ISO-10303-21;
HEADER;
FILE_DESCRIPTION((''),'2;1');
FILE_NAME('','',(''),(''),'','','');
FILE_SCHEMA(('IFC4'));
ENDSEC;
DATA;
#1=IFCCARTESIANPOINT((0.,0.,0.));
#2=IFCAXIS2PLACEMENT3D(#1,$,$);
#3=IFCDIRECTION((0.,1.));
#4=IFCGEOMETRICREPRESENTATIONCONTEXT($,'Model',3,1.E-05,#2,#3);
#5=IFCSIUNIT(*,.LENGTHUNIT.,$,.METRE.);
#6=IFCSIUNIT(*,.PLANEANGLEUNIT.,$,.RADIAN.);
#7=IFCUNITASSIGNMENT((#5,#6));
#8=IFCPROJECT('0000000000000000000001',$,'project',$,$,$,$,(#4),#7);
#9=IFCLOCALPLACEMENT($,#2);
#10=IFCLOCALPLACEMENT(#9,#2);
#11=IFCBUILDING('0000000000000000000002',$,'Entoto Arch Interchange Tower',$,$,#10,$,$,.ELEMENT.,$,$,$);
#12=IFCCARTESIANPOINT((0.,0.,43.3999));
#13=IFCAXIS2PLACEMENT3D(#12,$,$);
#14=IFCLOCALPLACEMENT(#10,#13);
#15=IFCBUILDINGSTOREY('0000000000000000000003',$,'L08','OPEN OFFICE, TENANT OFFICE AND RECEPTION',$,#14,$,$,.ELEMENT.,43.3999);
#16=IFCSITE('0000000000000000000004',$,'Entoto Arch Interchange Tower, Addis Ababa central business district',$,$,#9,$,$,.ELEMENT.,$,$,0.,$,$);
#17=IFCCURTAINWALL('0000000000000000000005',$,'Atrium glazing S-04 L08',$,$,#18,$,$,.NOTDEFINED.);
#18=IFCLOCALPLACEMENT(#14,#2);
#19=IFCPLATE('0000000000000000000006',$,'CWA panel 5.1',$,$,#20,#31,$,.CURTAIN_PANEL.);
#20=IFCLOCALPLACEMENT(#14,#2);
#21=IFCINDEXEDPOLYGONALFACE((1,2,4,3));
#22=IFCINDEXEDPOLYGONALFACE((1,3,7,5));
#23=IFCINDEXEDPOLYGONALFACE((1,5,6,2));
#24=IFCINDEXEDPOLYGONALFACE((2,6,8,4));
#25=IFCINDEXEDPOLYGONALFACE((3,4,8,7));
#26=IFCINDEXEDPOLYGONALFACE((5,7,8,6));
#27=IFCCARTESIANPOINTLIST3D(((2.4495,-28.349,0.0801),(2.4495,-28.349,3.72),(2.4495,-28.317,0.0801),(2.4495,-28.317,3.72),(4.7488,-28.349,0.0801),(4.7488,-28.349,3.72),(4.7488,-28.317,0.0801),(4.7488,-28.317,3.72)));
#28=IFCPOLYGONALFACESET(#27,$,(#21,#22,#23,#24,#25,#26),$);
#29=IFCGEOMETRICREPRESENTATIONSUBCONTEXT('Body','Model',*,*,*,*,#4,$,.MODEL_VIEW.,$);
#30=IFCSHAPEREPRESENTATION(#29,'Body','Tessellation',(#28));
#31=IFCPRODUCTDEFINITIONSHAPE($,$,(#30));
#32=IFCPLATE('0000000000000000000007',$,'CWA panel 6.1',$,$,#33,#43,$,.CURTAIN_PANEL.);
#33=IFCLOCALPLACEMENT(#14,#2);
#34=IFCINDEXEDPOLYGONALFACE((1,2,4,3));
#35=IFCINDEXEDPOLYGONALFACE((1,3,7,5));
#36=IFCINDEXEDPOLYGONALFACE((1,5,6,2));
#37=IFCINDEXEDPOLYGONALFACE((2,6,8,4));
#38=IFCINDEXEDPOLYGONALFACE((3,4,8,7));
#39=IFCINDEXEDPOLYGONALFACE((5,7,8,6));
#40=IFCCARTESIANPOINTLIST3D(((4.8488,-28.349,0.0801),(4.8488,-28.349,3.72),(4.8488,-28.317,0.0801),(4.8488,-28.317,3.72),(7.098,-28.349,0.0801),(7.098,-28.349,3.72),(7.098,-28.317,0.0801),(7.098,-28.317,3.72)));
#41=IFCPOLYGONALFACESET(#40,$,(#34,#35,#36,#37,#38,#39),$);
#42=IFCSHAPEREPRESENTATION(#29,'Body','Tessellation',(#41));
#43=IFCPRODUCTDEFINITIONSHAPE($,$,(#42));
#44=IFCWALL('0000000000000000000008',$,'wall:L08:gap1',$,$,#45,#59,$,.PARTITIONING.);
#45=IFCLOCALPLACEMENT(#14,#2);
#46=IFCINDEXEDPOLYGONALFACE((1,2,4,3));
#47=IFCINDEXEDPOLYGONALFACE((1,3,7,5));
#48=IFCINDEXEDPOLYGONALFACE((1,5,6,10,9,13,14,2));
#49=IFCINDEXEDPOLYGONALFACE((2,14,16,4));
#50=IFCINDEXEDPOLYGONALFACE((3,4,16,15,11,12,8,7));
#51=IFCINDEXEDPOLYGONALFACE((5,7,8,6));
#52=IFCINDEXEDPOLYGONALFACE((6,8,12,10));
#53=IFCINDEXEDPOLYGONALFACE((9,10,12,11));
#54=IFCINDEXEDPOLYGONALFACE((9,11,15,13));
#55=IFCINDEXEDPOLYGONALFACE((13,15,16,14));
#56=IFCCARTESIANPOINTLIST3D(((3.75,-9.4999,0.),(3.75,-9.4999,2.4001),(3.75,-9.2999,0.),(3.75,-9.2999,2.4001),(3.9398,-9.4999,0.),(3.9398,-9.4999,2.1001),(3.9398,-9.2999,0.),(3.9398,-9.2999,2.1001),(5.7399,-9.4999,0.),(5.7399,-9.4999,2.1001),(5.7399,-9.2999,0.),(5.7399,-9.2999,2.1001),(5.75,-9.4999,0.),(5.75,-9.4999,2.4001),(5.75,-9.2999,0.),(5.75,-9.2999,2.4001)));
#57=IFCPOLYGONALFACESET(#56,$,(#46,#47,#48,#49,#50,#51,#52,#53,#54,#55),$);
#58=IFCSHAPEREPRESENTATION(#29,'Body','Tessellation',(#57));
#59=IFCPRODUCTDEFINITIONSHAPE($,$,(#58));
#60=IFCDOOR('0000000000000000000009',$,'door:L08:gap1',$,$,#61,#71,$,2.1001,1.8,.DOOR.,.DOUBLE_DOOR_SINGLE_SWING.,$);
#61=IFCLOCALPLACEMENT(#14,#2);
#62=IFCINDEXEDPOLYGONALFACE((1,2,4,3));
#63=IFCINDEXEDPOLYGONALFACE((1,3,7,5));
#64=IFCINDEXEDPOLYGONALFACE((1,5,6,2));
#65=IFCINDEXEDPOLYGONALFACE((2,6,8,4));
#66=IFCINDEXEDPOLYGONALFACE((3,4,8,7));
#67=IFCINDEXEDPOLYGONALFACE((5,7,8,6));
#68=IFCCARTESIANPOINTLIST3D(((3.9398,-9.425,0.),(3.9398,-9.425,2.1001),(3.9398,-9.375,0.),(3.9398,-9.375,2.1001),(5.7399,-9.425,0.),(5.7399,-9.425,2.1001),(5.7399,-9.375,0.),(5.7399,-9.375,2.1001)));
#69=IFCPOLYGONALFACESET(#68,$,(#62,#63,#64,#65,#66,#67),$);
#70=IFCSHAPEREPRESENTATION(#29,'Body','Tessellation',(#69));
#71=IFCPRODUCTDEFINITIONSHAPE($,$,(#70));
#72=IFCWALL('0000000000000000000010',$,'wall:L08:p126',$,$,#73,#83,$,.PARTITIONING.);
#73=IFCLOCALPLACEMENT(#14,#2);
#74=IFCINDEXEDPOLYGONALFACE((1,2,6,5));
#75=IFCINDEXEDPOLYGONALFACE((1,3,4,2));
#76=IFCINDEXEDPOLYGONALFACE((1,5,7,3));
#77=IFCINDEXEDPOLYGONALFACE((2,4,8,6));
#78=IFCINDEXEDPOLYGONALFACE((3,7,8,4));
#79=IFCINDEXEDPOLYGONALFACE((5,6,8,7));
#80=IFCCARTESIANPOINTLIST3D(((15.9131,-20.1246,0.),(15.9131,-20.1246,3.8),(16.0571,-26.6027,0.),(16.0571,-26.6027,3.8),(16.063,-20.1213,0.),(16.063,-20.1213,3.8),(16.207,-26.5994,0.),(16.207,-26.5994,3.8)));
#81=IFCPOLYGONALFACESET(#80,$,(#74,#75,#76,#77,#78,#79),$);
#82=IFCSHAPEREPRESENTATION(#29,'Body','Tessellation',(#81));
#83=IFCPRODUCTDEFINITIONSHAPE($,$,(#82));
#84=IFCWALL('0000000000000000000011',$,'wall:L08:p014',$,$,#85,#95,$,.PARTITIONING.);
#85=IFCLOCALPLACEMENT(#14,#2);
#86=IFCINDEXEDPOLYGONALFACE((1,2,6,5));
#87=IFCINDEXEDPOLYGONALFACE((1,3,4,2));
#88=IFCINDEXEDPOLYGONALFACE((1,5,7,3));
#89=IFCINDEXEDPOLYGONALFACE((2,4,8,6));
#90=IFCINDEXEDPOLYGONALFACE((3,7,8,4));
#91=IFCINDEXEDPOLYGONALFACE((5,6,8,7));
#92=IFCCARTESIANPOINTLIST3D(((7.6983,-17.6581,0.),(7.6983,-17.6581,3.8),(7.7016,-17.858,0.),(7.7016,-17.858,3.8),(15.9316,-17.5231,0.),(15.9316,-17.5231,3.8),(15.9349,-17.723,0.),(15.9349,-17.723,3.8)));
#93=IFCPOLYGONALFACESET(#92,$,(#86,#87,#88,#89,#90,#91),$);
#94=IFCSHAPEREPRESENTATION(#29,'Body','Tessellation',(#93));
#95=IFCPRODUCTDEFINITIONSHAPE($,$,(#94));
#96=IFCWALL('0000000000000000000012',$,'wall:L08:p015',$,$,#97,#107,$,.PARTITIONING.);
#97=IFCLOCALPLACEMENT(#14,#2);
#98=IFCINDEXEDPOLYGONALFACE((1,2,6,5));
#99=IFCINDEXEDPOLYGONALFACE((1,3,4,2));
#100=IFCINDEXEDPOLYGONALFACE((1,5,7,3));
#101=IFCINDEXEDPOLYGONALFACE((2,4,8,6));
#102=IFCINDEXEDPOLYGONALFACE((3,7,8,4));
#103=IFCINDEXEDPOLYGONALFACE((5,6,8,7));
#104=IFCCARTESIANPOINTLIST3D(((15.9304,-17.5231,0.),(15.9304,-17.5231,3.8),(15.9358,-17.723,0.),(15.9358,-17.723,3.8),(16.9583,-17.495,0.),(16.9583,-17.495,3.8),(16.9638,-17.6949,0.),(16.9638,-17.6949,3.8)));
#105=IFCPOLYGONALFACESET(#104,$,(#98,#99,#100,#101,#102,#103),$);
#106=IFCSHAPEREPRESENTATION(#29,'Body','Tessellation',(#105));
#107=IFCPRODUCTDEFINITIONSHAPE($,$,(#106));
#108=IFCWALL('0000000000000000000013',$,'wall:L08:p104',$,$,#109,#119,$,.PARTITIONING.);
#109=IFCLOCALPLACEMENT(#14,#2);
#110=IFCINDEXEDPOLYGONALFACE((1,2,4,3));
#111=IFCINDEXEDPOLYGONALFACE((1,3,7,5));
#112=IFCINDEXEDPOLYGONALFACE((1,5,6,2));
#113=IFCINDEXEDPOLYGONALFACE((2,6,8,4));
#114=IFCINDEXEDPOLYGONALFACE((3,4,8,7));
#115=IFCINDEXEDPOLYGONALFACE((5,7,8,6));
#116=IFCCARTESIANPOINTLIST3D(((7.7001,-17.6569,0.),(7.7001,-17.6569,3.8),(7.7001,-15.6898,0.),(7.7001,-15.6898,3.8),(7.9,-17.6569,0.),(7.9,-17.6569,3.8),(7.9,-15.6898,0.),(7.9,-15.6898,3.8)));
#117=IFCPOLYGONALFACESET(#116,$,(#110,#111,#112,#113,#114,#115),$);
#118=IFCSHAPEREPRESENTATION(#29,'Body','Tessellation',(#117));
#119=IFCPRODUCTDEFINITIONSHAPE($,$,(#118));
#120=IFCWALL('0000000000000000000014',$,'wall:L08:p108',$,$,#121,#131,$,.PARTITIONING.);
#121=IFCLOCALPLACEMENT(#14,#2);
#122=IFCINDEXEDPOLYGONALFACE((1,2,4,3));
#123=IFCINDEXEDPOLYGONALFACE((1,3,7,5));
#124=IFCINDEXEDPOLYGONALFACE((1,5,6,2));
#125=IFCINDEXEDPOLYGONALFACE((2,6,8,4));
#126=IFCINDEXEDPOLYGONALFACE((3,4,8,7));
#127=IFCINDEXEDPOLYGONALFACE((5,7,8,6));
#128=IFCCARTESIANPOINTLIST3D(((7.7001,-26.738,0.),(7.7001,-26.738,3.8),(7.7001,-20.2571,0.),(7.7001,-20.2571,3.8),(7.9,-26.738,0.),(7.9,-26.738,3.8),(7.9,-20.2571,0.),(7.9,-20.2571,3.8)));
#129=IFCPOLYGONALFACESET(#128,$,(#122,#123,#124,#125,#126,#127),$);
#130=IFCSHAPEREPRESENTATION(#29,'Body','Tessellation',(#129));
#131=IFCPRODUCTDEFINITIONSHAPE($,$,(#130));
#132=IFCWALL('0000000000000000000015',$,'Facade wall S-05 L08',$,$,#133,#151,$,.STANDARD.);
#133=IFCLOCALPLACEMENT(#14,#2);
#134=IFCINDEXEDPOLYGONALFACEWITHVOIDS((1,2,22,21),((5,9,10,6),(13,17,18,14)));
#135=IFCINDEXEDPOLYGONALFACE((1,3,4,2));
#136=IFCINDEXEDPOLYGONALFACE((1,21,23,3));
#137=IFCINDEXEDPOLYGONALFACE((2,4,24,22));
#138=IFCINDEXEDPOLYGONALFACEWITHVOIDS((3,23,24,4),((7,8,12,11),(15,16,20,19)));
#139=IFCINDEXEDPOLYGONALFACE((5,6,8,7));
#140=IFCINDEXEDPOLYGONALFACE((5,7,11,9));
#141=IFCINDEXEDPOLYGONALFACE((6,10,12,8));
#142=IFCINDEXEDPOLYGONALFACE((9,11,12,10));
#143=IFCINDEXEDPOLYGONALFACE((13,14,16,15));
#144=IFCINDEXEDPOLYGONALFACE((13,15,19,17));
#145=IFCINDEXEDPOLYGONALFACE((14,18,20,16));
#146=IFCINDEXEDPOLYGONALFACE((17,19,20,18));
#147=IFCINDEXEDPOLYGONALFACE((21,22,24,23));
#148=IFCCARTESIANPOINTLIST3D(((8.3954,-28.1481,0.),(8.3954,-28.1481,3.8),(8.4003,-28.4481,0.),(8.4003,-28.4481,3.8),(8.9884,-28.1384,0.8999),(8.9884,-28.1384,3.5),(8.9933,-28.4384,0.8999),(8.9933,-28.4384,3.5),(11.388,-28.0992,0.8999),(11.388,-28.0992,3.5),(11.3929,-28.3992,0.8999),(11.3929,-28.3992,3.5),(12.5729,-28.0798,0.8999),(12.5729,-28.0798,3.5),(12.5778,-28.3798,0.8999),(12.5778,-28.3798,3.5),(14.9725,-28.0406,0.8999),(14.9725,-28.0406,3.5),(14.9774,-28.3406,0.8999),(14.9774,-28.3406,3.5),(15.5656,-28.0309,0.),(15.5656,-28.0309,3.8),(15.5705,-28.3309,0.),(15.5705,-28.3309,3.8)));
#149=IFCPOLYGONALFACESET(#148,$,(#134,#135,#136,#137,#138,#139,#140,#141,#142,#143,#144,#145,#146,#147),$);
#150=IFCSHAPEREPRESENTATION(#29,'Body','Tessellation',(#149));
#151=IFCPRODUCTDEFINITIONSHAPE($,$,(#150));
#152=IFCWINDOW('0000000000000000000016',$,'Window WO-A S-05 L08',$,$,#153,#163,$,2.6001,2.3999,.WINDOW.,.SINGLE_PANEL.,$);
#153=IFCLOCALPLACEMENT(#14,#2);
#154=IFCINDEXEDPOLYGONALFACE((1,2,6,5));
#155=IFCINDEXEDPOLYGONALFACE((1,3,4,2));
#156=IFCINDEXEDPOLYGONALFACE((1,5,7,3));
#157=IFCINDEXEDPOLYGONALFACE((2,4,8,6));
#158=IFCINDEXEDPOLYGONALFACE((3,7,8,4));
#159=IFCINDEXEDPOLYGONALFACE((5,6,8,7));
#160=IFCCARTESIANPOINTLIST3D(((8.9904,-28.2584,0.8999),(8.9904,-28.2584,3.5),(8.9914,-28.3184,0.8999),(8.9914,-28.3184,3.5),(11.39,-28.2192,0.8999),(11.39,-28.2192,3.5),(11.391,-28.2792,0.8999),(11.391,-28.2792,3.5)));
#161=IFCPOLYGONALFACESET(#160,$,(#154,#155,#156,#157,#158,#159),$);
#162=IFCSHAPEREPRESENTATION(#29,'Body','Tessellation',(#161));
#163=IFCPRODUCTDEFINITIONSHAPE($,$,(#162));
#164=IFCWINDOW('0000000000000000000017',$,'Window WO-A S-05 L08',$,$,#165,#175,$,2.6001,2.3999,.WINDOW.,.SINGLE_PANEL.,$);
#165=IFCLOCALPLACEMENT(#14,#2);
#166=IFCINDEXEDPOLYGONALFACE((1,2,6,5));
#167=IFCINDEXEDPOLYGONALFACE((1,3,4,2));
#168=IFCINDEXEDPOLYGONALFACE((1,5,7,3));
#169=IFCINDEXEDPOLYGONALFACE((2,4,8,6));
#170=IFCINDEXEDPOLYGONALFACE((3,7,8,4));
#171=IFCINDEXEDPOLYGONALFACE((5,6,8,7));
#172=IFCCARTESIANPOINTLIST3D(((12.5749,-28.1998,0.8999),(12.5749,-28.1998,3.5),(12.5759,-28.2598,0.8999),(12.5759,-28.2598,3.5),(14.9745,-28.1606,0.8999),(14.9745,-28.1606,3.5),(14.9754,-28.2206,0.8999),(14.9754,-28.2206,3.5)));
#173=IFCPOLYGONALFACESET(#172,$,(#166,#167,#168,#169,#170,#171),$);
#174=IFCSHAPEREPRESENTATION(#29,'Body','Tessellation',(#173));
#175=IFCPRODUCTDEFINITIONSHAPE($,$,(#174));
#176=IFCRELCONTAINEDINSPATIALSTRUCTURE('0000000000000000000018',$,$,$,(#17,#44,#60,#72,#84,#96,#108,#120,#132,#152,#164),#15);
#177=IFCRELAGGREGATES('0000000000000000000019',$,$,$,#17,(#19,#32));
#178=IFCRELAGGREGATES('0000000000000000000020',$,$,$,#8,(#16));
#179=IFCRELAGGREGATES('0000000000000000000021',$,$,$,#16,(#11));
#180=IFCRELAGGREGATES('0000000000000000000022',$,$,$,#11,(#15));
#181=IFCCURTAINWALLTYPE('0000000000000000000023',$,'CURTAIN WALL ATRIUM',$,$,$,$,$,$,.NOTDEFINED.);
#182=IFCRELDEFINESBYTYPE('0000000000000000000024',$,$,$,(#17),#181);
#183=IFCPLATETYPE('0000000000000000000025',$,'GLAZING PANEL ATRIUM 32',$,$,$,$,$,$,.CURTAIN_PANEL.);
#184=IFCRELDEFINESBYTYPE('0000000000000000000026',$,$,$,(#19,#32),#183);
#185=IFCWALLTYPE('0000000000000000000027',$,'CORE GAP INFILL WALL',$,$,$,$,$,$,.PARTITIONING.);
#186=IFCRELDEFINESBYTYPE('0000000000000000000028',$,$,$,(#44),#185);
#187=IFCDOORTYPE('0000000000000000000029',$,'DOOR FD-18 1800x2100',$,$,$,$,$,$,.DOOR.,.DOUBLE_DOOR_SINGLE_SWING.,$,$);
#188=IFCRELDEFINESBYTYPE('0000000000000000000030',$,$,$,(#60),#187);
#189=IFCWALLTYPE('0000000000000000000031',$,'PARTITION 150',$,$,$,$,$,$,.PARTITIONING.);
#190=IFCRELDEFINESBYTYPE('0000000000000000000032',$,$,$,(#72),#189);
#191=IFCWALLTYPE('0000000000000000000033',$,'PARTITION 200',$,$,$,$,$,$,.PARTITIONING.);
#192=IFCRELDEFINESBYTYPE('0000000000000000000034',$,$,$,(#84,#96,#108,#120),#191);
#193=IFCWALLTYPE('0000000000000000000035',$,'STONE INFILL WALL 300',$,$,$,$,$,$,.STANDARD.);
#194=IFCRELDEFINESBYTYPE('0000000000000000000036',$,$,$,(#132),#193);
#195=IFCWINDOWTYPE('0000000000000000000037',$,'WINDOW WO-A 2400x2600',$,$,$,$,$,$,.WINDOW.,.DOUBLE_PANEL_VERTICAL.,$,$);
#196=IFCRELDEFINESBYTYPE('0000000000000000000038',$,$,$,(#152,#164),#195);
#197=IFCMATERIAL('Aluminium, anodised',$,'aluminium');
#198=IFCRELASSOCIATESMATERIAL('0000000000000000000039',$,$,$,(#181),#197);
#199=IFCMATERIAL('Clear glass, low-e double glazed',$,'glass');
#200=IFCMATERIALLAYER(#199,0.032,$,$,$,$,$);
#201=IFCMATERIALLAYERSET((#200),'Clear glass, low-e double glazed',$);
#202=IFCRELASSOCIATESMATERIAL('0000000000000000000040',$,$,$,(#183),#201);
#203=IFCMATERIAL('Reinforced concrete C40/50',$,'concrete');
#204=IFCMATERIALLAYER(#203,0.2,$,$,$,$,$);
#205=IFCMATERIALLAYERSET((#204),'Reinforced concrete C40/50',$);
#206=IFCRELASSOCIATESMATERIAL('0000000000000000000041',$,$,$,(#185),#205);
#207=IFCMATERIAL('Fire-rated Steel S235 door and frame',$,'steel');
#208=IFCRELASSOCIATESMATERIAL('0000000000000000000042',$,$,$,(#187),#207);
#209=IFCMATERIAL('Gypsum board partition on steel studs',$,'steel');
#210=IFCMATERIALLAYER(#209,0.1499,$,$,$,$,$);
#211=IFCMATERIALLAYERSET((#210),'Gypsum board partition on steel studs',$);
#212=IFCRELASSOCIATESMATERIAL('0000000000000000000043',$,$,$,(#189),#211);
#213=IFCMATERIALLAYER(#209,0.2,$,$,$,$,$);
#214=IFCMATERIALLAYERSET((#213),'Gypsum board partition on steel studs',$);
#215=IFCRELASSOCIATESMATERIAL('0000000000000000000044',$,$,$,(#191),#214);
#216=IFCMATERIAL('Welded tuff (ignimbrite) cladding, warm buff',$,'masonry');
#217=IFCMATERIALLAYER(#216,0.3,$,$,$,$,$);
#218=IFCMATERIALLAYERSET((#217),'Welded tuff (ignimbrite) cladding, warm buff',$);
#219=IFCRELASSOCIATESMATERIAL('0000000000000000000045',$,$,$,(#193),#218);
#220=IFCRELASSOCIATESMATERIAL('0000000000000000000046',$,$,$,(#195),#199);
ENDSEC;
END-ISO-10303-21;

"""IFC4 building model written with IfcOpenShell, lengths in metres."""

from ifc_helpers import new_model, si_unit, direction, frame, frame_2d, origin, origin_2d, place, context, subcontext, project, spatial, rectangle, extrude, material, layer, layer_set, type_object, element, fill, aggregate, save


model = new_model("IFC4")

# Units and contexts
model_context = context("Model", 3, precision=1e-05, world=origin(), true_north=direction((0.0, 1.0)))
body_context = subcontext(model_context, "Body", "Model", "MODEL_VIEW")
ifc_project = project(units=[si_unit("LENGTHUNIT", "METRE"), si_unit("PLANEANGLEUNIT", "RADIAN")], contexts=[model_context])

# Site, building, storey
site_placement = place(None, origin())
site = spatial("IfcSite", under=ifc_project, at=site_placement, Name="Entoto Arch Interchange Tower, Addis Ababa central business district", CompositionType="ELEMENT", RefElevation=0.0)
building_placement = place(site_placement, origin())
building = spatial("IfcBuilding", under=site, at=building_placement, Name="Entoto Arch Interchange Tower", CompositionType="ELEMENT")
storey_placement = place(building_placement, frame((0.0, 0.0, 43.3999)))
storey = spatial("IfcBuildingStorey", under=building, at=storey_placement, Name="L08", Description="OPEN OFFICE, TENANT OFFICE AND RECEPTION", CompositionType="ELEMENT", Elevation=43.3999)

# Curtain wall, plates
ifc_material_1 = material(Name="Aluminium, anodised", Category="aluminium")
curtain_wall_type = type_object("IfcCurtainWallType", Name="CURTAIN WALL ATRIUM", PredefinedType="NOTDEFINED", material=ifc_material_1)
curtain_wall_placement = place(storey_placement, origin())
curtain_wall = element("IfcCurtainWall", 1, at=curtain_wall_placement, inside=storey, type_object=curtain_wall_type, Name="Atrium glazing S-04 L08", PredefinedType="NOTDEFINED")
ifc_material_2 = material(Name="Clear glass, low-e double glazed", Category="glass")
ifc_layer_1 = layer(ifc_material_2, 0.032)
ifc_layer_set_1 = layer_set([ifc_layer_1], Name="Clear glass, low-e double glazed")
plate_type = type_object("IfcPlateType", Name="GLAZING PANEL ATRIUM 32", PredefinedType="CURTAIN_PANEL", material=ifc_layer_set_1)
plate_1_placement = place(storey_placement, frame((3.5991, -28.333, 0.0801), z_axis=(0.0, 0.0, 1.0), x_axis=(1.0, 0.0, 0.0)))
plate_1 = element("IfcPlate", 2, at=plate_1_placement, type_object=plate_type, Name="CWA panel 5.1", PredefinedType="CURTAIN_PANEL", context=body_context, shape_type="SweptSolid", body=[
    extrude(rectangle(XDim=2.2993, YDim=0.032, at=origin_2d()), origin(), (0.0, 0.0, 1.0), 3.6399),
])
plate_2_placement = place(storey_placement, frame((5.9734, -28.333, 0.0801), z_axis=(0.0, 0.0, 1.0), x_axis=(1.0, 0.0, 0.0)))
plate_2 = element("IfcPlate", 3, at=plate_2_placement, type_object=plate_type, Name="CWA panel 6.1", PredefinedType="CURTAIN_PANEL", context=body_context, shape_type="SweptSolid", body=[
    extrude(rectangle(XDim=2.2493, YDim=0.032, at=origin_2d()), origin(), (0.0, 0.0, 1.0), 3.6399),
])
aggregate(curtain_wall, [plate_1, plate_2])

# Wall, opening, door
ifc_material_3 = material(Name="Reinforced concrete C40/50", Category="concrete")
ifc_layer_2 = layer(ifc_material_3, 0.2)
ifc_layer_set_2 = layer_set([ifc_layer_2], Name="Reinforced concrete C40/50")
wall_type_1 = type_object("IfcWallType", Name="CORE GAP INFILL WALL", PredefinedType="PARTITIONING", material=ifc_layer_set_2)
wall_1_placement = place(storey_placement, frame((3.75, -9.3999, 0.0), z_axis=(0.0, 0.0, 1.0), x_axis=(1.0, 0.0, 0.0)))
wall_1 = element("IfcWall", 4, at=wall_1_placement, inside=storey, type_object=wall_type_1, Name="wall:L08:gap1", PredefinedType="PARTITIONING", context=body_context, shape_type="SweptSolid", body=[
    extrude(rectangle(XDim=2.0, YDim=0.2, at=frame_2d((1.0, 0.0))), origin(), (0.0, 0.0, 1.0), 2.4001),
])
opening_1_placement = place(wall_1_placement, frame((0.1899, 0.0, 0.0)))
opening_1 = element("IfcOpeningElement", 5, at=opening_1_placement, cuts=wall_1, PredefinedType="OPENING", context=body_context, shape_type="SweptSolid", body=[
    extrude(rectangle(XDim=1.8, YDim=2.1001, at=frame_2d((0.8999, 1.05))), frame((0.0, 0.1099, 0.0), z_axis=(0.0, -1.0, 0.0), x_axis=(1.0, 0.0, 0.0)), (0.0, 0.0, 1.0), 0.22),
])
ifc_material_4 = material(Name="Fire-rated Steel S235 door and frame", Category="steel")
door_type = type_object("IfcDoorType", Name="DOOR FD-18 1800x2100", OperationType="DOUBLE_DOOR_SINGLE_SWING", PredefinedType="DOOR", material=ifc_material_4)
door_placement = place(opening_1_placement, origin())
door = element("IfcDoor", 6, at=door_placement, inside=storey, type_object=door_type, Name="door:L08:gap1", OperationType="DOUBLE_DOOR_SINGLE_SWING", OverallHeight=2.1001, OverallWidth=1.8, PredefinedType="DOOR", context=body_context, shape_type="SweptSolid", body=[
    extrude(rectangle(XDim=1.8, YDim=2.1001, at=frame_2d((0.8999, 1.05))), frame((0.0, 0.0249, 0.0), z_axis=(0.0, -1.0, 0.0), x_axis=(1.0, 0.0, 0.0)), (0.0, 0.0, 1.0), 0.05),
])
fill(opening_1, door)

# Walls
ifc_material_5 = material(Name="Gypsum board partition on steel studs", Category="steel")
ifc_layer_3 = layer(ifc_material_5, 0.1499)
ifc_layer_set_3 = layer_set([ifc_layer_3], Name="Gypsum board partition on steel studs")
wall_type_2 = type_object("IfcWallType", Name="PARTITION 150", PredefinedType="PARTITIONING", material=ifc_layer_set_3)
wall_2_placement = place(storey_placement, frame((15.988, -20.123, 0.0), z_axis=(0.0, 0.0, 1.0), x_axis=(0.02223, -0.999753, 0.0)))
element("IfcWall", 7, at=wall_2_placement, inside=storey, type_object=wall_type_2, Name="wall:L08:p126", PredefinedType="PARTITIONING", context=body_context, shape_type="SweptSolid", body=[
    extrude(rectangle(XDim=6.4797, YDim=0.1499, at=frame_2d((3.2397, 0.0))), origin(), (0.0, 0.0, 1.0), 3.8),
])
ifc_layer_4 = layer(ifc_material_5, 0.2)
ifc_layer_set_4 = layer_set([ifc_layer_4], Name="Gypsum board partition on steel studs")
wall_type_3 = type_object("IfcWallType", Name="PARTITION 200", PredefinedType="PARTITIONING", material=ifc_layer_set_4)
wall_3_placement = place(storey_placement, frame((7.7, -17.7581, 0.0), z_axis=(0.0, 0.0, 1.0), x_axis=(0.999866, 0.016396, 0.0)))
element("IfcWall", 8, at=wall_3_placement, inside=storey, type_object=wall_type_3, Name="wall:L08:p014", PredefinedType="PARTITIONING", context=body_context, shape_type="SweptSolid", body=[
    extrude(rectangle(XDim=8.2344, YDim=0.2, at=frame_2d((4.1172, 0.0))), origin(), (0.0, 0.0, 1.0), 3.8),
])
wall_4_placement = place(storey_placement, frame((15.9331, -17.623, 0.0), z_axis=(0.0, 0.0, 1.0), x_axis=(0.999627, 0.027306, 0.0)))
element("IfcWall", 9, at=wall_4_placement, inside=storey, type_object=wall_type_3, Name="wall:L08:p015", PredefinedType="PARTITIONING", context=body_context, shape_type="SweptSolid", body=[
    extrude(rectangle(XDim=1.0283, YDim=0.2, at=frame_2d((0.5142, 0.0))), origin(), (0.0, 0.0, 1.0), 3.8),
])
wall_5_placement = place(storey_placement, frame((7.8, -15.6899, 0.0), z_axis=(0.0, 0.0, 1.0), x_axis=(0.0, -1.0, 0.0)))
element("IfcWall", 10, at=wall_5_placement, inside=storey, type_object=wall_type_3, Name="wall:L08:p104", PredefinedType="PARTITIONING", context=body_context, shape_type="SweptSolid", body=[
    extrude(rectangle(XDim=1.967, YDim=0.2, at=frame_2d((0.9834, 0.0))), origin(), (0.0, 0.0, 1.0), 3.8),
])
wall_6_placement = place(storey_placement, frame((7.8, -20.2571, 0.0), z_axis=(0.0, 0.0, 1.0), x_axis=(0.0, -1.0, 0.0)))
element("IfcWall", 11, at=wall_6_placement, inside=storey, type_object=wall_type_3, Name="wall:L08:p108", PredefinedType="PARTITIONING", context=body_context, shape_type="SweptSolid", body=[
    extrude(rectangle(XDim=6.481, YDim=0.2, at=frame_2d((3.2405, 0.0))), origin(), (0.0, 0.0, 1.0), 3.8),
])

# Wall, openings, windows
ifc_material_6 = material(Name="Welded tuff (ignimbrite) cladding, warm buff", Category="masonry")
ifc_layer_5 = layer(ifc_material_6, 0.3)
ifc_layer_set_5 = layer_set([ifc_layer_5], Name="Welded tuff (ignimbrite) cladding, warm buff")
wall_type_4 = type_object("IfcWallType", Name="STONE INFILL WALL 300", PredefinedType="STANDARD", material=ifc_layer_set_5)
wall_7_placement = place(storey_placement, frame((8.3979, -28.2981, 0.0), z_axis=(0.0, 0.0, 1.0), x_axis=(0.999866, 0.016342, 0.0)))
wall_7 = element("IfcWall", 12, at=wall_7_placement, inside=storey, type_object=wall_type_4, Name="Facade wall S-05 L08", PredefinedType="STANDARD", context=body_context, shape_type="SweptSolid", body=[
    extrude(rectangle(XDim=7.1711, YDim=0.3, at=frame_2d((3.5854, 0.0))), origin(), (0.0, 0.0, 1.0), 3.8),
])
opening_2_placement = place(wall_7_placement, frame((0.593, 0.0, 0.8999)))
opening_2 = element("IfcOpeningElement", 13, at=opening_2_placement, cuts=wall_7, PredefinedType="OPENING", context=body_context, shape_type="SweptSolid", body=[
    extrude(rectangle(XDim=2.3999, YDim=2.6001, at=frame_2d((1.2, 1.3))), frame((0.0, 0.1602, 0.0), z_axis=(0.0, -1.0, 0.0), x_axis=(1.0, 0.0, 0.0)), (0.0, 0.0, 1.0), 0.3201),
])
opening_3_placement = place(wall_7_placement, frame((4.178, 0.0, 0.8999)))
opening_3 = element("IfcOpeningElement", 14, at=opening_3_placement, cuts=wall_7, PredefinedType="OPENING", context=body_context, shape_type="SweptSolid", body=[
    extrude(rectangle(XDim=2.3999, YDim=2.6001, at=frame_2d((1.2, 1.3))), frame((0.0, 0.1602, 0.0), z_axis=(0.0, -1.0, 0.0), x_axis=(1.0, 0.0, 0.0)), (0.0, 0.0, 1.0), 0.3201),
])
window_type = type_object("IfcWindowType", Name="WINDOW WO-A 2400x2600", PartitioningType="DOUBLE_PANEL_VERTICAL", PredefinedType="WINDOW", material=ifc_material_2)
window_1_placement = place(opening_2_placement, origin())
window_1 = element("IfcWindow", 15, at=window_1_placement, inside=storey, type_object=window_type, Name="Window WO-A S-05 L08", OverallHeight=2.6001, OverallWidth=2.3999, PartitioningType="SINGLE_PANEL", PredefinedType="WINDOW", context=body_context, shape_type="SweptSolid", body=[
    extrude(rectangle(XDim=2.3999, YDim=2.6001, at=frame_2d((1.2, 1.3))), frame((0.0, 0.03, 0.0), z_axis=(0.0, -1.0, 0.0), x_axis=(1.0, 0.0, 0.0)), (0.0, 0.0, 1.0), 0.0601),
])
fill(opening_2, window_1)
window_2_placement = place(opening_3_placement, origin())
window_2 = element("IfcWindow", 16, at=window_2_placement, inside=storey, type_object=window_type, Name="Window WO-A S-05 L08", OverallHeight=2.6001, OverallWidth=2.3999, PartitioningType="SINGLE_PANEL", PredefinedType="WINDOW", context=body_context, shape_type="SweptSolid", body=[
    extrude(rectangle(XDim=2.3999, YDim=2.6001, at=frame_2d((1.2, 1.3))), frame((0.0, 0.03, 0.0), z_axis=(0.0, -1.0, 0.0), x_axis=(1.0, 0.0, 0.0)), (0.0, 0.0, 1.0), 0.0601),
])
fill(opening_3, window_2)

save(model, "model.ifc")
